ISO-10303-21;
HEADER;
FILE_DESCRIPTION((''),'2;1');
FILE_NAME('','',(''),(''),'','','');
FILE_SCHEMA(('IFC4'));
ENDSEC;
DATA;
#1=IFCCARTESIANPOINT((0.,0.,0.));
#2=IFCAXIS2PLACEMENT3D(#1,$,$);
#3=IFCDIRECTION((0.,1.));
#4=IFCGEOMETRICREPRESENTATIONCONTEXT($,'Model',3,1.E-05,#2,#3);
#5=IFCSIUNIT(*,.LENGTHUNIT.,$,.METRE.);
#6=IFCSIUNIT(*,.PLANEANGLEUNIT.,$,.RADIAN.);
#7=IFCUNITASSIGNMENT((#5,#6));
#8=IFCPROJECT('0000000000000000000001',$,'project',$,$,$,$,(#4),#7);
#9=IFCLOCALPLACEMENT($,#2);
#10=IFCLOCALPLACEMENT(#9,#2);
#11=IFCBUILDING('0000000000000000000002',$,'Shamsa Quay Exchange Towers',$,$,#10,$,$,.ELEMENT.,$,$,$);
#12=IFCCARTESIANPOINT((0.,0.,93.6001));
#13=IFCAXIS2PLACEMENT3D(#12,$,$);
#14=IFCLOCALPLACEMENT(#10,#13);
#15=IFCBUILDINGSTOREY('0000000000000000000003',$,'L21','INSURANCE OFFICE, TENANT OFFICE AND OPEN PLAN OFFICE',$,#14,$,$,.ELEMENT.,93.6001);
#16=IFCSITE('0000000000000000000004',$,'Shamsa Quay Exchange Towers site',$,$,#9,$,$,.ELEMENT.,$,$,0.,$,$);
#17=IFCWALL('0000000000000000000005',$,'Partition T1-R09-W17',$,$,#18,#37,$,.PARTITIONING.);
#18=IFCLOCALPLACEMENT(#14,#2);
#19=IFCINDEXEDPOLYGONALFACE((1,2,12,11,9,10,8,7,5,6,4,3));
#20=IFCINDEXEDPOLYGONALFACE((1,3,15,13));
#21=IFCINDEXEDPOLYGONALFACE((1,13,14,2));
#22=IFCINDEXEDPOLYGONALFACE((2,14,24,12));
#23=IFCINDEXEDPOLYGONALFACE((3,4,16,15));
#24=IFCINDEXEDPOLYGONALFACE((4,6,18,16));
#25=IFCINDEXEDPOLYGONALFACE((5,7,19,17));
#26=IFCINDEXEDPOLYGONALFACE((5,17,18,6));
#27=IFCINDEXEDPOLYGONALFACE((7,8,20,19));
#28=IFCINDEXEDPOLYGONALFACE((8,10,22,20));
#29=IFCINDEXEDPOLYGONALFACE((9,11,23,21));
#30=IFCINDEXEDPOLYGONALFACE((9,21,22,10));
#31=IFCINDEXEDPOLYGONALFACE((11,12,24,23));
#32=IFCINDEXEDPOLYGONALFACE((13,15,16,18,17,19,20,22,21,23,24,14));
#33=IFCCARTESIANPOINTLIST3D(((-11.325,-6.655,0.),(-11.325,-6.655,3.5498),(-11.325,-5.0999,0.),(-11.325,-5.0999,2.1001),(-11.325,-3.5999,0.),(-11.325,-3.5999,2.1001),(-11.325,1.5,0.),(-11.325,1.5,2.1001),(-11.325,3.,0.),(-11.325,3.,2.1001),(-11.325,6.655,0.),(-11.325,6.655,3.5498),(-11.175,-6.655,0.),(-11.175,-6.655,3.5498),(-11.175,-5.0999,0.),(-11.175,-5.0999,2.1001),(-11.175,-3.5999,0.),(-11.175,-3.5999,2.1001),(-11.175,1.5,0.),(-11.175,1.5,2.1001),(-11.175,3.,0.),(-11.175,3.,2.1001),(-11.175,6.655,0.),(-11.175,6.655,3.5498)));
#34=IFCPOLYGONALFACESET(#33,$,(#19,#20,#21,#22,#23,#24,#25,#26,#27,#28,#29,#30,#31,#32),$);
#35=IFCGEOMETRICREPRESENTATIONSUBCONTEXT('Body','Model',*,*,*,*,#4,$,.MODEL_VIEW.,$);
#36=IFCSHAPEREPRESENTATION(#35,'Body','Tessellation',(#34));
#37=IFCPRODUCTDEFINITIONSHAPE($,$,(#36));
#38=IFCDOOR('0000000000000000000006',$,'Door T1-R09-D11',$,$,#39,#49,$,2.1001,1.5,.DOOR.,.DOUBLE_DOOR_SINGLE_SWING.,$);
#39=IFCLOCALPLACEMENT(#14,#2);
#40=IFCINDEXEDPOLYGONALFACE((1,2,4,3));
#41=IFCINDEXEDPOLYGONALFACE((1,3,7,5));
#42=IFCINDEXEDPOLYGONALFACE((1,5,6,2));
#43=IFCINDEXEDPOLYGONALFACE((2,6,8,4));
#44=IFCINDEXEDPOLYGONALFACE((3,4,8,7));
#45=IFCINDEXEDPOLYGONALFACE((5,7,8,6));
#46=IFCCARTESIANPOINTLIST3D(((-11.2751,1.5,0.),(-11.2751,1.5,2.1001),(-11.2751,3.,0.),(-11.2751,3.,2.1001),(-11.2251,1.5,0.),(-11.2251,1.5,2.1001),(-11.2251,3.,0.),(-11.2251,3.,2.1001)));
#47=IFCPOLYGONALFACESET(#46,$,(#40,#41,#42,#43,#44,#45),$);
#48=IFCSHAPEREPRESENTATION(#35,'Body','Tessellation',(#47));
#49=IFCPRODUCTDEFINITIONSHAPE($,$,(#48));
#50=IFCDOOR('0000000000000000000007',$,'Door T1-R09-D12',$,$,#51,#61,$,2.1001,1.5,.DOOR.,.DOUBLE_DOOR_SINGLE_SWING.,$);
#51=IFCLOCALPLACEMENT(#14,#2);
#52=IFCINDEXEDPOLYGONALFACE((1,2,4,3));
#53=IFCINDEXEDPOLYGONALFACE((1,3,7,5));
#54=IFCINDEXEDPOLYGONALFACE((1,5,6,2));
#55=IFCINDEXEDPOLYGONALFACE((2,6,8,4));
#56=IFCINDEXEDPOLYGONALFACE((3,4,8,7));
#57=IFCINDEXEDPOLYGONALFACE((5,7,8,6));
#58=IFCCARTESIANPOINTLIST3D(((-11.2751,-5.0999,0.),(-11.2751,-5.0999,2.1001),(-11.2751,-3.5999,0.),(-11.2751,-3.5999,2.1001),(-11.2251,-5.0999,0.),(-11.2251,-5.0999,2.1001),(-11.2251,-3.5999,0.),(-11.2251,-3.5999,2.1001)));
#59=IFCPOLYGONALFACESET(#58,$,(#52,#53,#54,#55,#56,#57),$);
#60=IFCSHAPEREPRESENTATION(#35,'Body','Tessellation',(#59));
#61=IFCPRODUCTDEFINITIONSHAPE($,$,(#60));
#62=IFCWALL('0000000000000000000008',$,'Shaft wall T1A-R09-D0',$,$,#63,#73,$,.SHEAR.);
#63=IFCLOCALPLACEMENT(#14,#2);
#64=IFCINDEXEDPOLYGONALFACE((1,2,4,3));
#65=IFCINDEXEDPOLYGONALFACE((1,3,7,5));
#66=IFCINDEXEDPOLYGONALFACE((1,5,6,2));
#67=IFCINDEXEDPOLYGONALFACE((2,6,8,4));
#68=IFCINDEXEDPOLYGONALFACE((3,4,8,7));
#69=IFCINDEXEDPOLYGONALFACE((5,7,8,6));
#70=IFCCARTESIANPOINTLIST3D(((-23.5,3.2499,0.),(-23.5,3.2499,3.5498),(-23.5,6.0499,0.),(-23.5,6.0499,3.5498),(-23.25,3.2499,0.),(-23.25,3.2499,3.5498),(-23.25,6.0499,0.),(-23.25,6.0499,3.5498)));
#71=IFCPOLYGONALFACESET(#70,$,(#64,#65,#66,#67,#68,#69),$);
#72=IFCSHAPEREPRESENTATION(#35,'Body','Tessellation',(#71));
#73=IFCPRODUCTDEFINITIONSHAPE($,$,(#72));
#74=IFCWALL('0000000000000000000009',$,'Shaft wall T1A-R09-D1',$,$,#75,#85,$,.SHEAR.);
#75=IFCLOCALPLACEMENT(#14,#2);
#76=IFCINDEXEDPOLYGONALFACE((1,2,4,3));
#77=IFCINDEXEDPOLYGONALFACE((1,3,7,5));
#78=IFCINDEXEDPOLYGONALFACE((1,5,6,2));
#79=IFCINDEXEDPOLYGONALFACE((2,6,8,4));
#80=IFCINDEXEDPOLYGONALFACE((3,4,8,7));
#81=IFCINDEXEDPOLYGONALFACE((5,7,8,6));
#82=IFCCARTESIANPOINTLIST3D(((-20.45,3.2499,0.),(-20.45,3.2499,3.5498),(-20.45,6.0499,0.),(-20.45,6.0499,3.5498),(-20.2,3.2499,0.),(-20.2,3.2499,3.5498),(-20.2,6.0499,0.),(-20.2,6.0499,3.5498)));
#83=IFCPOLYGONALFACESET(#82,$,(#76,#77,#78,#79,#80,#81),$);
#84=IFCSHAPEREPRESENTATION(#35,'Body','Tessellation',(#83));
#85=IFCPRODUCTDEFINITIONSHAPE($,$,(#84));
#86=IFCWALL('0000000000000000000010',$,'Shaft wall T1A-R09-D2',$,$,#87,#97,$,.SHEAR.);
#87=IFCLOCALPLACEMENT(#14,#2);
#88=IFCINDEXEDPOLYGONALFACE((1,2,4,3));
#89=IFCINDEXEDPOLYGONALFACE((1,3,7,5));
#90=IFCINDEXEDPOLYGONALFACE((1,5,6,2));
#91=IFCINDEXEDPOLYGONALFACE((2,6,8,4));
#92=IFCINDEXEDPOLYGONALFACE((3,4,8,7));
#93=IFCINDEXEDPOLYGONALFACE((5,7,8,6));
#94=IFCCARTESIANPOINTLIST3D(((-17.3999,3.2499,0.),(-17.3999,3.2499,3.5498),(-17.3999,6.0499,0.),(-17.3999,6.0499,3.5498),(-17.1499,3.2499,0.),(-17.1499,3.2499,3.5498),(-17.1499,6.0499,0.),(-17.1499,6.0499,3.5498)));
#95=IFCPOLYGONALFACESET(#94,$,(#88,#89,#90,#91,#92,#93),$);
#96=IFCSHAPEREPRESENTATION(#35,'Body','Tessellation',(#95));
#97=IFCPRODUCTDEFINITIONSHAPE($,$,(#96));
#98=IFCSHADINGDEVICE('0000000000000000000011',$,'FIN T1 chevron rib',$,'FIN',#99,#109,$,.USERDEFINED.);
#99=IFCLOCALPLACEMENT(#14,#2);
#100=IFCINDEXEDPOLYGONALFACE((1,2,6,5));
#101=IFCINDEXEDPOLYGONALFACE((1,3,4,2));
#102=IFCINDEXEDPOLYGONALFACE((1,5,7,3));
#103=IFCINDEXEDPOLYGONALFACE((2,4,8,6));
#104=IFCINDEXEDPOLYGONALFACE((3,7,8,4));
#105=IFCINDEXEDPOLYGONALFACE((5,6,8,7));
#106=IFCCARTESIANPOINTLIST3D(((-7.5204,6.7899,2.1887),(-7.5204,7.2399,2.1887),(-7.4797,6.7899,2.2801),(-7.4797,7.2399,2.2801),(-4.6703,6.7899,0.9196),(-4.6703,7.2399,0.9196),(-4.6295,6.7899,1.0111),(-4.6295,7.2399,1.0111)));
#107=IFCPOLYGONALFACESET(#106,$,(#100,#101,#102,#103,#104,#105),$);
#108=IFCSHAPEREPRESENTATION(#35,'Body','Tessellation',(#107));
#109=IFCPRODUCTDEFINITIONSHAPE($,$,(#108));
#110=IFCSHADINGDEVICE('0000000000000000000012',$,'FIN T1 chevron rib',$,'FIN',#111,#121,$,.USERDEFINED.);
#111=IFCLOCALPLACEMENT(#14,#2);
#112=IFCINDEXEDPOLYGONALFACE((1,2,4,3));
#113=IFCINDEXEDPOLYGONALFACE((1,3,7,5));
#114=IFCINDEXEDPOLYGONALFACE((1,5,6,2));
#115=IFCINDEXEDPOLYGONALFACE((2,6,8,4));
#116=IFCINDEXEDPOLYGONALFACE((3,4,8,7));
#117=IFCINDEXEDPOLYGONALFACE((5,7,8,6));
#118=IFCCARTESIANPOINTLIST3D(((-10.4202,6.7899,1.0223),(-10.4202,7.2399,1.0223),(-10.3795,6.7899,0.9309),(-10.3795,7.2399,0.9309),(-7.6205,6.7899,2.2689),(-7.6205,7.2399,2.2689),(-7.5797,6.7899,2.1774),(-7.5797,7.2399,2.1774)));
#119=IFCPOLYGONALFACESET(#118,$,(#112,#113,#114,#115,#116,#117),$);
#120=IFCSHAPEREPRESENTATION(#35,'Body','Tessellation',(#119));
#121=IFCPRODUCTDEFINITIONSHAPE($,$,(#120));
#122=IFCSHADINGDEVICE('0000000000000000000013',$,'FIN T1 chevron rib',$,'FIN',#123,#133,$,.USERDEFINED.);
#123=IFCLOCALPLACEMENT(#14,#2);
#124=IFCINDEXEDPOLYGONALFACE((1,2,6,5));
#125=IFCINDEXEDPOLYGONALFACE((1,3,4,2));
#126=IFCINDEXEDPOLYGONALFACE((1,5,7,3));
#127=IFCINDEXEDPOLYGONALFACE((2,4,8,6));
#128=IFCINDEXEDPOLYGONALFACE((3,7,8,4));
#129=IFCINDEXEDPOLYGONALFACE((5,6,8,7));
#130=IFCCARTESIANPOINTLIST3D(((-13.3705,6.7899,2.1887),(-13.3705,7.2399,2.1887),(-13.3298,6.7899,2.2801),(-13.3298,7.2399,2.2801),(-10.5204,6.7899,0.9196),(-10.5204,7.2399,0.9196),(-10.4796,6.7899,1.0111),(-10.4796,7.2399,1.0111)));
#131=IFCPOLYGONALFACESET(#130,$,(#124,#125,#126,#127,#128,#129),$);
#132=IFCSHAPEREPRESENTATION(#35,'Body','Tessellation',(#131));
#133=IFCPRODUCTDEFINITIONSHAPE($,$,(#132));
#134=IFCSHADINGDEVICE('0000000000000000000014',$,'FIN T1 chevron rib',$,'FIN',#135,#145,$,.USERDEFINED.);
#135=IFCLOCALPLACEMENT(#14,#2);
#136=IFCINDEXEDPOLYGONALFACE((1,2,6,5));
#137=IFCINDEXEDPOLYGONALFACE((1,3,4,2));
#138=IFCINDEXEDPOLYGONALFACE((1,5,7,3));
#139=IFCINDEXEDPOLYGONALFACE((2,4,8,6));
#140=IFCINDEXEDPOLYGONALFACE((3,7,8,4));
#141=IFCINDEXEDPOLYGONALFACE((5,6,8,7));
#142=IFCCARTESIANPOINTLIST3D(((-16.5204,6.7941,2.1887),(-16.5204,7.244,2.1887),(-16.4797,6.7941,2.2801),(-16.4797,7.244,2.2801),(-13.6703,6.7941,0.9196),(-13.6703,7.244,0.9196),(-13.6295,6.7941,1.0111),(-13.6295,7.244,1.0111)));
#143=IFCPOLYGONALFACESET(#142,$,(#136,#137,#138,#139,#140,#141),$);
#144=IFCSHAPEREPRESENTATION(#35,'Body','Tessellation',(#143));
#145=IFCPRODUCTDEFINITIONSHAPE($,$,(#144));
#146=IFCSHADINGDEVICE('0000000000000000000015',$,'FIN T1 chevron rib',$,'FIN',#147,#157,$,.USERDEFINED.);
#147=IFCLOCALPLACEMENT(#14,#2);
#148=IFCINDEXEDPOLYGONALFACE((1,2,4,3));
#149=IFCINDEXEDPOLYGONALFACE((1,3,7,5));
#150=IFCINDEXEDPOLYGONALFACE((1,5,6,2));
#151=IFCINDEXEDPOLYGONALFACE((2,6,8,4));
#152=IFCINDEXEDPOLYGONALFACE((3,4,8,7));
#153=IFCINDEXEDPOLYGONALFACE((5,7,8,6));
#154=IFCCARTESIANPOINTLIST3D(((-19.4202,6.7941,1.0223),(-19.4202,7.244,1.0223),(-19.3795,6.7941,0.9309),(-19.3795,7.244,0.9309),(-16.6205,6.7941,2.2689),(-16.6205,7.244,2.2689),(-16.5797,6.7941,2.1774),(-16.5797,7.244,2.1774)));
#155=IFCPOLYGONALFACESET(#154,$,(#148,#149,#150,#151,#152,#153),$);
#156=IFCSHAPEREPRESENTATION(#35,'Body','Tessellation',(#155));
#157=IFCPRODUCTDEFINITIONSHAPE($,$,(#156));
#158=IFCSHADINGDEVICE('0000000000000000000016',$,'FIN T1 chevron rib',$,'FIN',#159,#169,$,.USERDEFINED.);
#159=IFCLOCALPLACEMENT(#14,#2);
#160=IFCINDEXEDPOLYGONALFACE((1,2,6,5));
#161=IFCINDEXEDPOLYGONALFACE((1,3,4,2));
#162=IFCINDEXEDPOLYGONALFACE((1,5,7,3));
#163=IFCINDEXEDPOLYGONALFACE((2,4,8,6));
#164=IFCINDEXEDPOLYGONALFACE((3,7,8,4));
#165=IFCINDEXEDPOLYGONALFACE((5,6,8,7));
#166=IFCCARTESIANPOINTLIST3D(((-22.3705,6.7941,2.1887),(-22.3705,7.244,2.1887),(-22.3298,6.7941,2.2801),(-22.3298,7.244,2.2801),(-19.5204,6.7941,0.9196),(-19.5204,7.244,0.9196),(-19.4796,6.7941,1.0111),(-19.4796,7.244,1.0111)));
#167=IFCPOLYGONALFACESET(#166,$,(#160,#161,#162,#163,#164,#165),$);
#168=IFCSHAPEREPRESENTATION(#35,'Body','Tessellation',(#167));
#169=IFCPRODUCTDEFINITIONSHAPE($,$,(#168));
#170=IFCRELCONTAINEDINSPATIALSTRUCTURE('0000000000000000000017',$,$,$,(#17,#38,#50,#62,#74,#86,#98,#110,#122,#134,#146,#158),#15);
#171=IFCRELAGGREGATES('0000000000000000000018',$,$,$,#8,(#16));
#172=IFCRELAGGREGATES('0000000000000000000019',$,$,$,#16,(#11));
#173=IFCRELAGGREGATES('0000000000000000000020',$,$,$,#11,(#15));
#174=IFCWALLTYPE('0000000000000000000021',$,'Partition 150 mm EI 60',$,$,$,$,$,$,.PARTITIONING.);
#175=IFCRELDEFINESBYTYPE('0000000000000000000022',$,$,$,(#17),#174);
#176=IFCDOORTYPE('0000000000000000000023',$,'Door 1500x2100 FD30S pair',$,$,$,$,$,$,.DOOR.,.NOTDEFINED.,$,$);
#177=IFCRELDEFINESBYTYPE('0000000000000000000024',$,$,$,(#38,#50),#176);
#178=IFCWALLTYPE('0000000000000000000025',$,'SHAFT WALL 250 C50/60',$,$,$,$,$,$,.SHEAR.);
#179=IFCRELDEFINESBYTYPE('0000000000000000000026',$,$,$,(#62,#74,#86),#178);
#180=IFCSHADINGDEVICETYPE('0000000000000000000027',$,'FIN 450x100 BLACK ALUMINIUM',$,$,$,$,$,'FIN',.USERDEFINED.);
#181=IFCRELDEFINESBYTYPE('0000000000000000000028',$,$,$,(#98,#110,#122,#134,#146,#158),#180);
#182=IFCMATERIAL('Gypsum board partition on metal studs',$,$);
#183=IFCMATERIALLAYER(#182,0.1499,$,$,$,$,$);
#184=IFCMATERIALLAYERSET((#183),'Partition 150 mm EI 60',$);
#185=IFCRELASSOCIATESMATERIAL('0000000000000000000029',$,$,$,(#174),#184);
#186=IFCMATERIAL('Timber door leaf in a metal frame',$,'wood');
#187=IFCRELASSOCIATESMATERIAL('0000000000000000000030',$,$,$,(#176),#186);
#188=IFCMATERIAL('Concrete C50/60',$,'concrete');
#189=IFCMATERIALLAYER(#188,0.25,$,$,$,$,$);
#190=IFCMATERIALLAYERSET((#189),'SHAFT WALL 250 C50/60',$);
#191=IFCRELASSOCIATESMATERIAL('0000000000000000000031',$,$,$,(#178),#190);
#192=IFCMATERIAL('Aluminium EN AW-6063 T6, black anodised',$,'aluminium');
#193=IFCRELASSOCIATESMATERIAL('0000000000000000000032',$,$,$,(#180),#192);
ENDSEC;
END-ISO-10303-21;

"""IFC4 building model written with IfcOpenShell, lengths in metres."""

from ifc_helpers import new_model, si_unit, direction, frame, frame_2d, origin, origin_2d, place, context, subcontext, project, spatial, rectangle, extrude, material, layer, layer_set, material_profile, profile_set, type_object, element, fill, save


model = new_model("IFC4")

# Units and contexts
model_context = context("Model", 3, precision=1e-05, world=origin(), true_north=direction((0.0, 1.0)))
body_context = subcontext(model_context, "Body", "Model", "MODEL_VIEW")
ifc_project = project(units=[si_unit("LENGTHUNIT", "METRE"), si_unit("PLANEANGLEUNIT", "RADIAN")], contexts=[model_context])

# Site, building, storey
site_placement = place(None, origin())
site = spatial("IfcSite", under=ifc_project, at=site_placement, Name="Shamsa Quay Exchange Towers site", CompositionType="ELEMENT", RefElevation=0.0)
building_placement = place(site_placement, origin())
building = spatial("IfcBuilding", under=site, at=building_placement, Name="Shamsa Quay Exchange Towers", CompositionType="ELEMENT")
storey_placement = place(building_placement, frame((0.0, 0.0, 93.6001)))
storey = spatial("IfcBuildingStorey", under=building, at=storey_placement, Name="L21", Description="INSURANCE OFFICE, TENANT OFFICE AND OPEN PLAN OFFICE", CompositionType="ELEMENT", Elevation=93.6001)

# Shared definitions
ifc_material_1 = material(Name="Aluminium EN AW-6063 T6, black anodised", Category="aluminium")

# Wall, openings, doors
ifc_material_2 = material(Name="Gypsum board partition on metal studs")
ifc_layer_1 = layer(ifc_material_2, 0.1499)
ifc_layer_set_1 = layer_set([ifc_layer_1], Name="Partition 150 mm EI 60")
wall_type_1 = type_object("IfcWallType", Name="Partition 150 mm EI 60", PredefinedType="PARTITIONING", material=ifc_layer_set_1)
wall_1_placement = place(storey_placement, frame((-11.25, 6.655, 0.0), z_axis=(0.0, 0.0, 1.0), x_axis=(0.0, -1.0, 0.0)))
wall_1 = element("IfcWall", 1, at=wall_1_placement, inside=storey, type_object=wall_type_1, Name="Partition T1-R09-W17", PredefinedType="PARTITIONING", context=body_context, shape_type="SweptSolid", body=[
    extrude(rectangle(XDim=13.3101, YDim=0.1499, at=frame_2d((6.655, 0.0))), origin(), (0.0, 0.0, 1.0), 3.5498),
])
opening_1_placement = place(wall_1_placement, frame((3.655, 0.0, 0.0)))
opening_1 = element("IfcOpeningElement", 2, at=opening_1_placement, cuts=wall_1, PredefinedType="OPENING", context=body_context, shape_type="SweptSolid", body=[
    extrude(rectangle(XDim=1.5, YDim=2.1001, at=frame_2d((0.75, 1.05))), frame((0.0, 0.085, 0.0), z_axis=(0.0, -1.0, 0.0), x_axis=(1.0, 0.0, 0.0)), (0.0, 0.0, 1.0), 0.1699),
])
opening_2_placement = place(wall_1_placement, frame((10.2549, 0.0, 0.0)))
opening_2 = element("IfcOpeningElement", 3, at=opening_2_placement, cuts=wall_1, PredefinedType="OPENING", context=body_context, shape_type="SweptSolid", body=[
    extrude(rectangle(XDim=1.5, YDim=2.1001, at=frame_2d((0.75, 1.05))), frame((0.0, 0.085, 0.0), z_axis=(0.0, -1.0, 0.0), x_axis=(1.0, 0.0, 0.0)), (0.0, 0.0, 1.0), 0.1699),
])
ifc_material_3 = material(Name="Timber door leaf in a metal frame", Category="wood")
door_type_1 = type_object("IfcDoorType", Name="Door 1500x2100 FD30S pair", OperationType="NOTDEFINED", PredefinedType="DOOR", material=ifc_material_3)
door_1_placement = place(opening_1_placement, origin())
door_1 = element("IfcDoor", 4, at=door_1_placement, inside=storey, type_object=door_type_1, Name="Door T1-R09-D11", OperationType="DOUBLE_DOOR_SINGLE_SWING", OverallHeight=2.1001, OverallWidth=1.5, PredefinedType="DOOR", context=body_context, shape_type="SweptSolid", body=[
    extrude(rectangle(XDim=1.5, YDim=2.1001, at=frame_2d((0.75, 1.05))), frame((0.0, 0.0249, 0.0), z_axis=(0.0, -1.0, 0.0), x_axis=(1.0, 0.0, 0.0)), (0.0, 0.0, 1.0), 0.05),
])
fill(opening_1, door_1)
door_2_placement = place(opening_2_placement, origin())
door_2 = element("IfcDoor", 5, at=door_2_placement, inside=storey, type_object=door_type_1, Name="Door T1-R09-D12", OperationType="DOUBLE_DOOR_SINGLE_SWING", OverallHeight=2.1001, OverallWidth=1.5, PredefinedType="DOOR", context=body_context, shape_type="SweptSolid", body=[
    extrude(rectangle(XDim=1.5, YDim=2.1001, at=frame_2d((0.75, 1.05))), frame((0.0, 0.0249, 0.0), z_axis=(0.0, -1.0, 0.0), x_axis=(1.0, 0.0, 0.0)), (0.0, 0.0, 1.0), 0.05),
])
fill(opening_2, door_2)

# Walls
ifc_material_4 = material(Name="Concrete C50/60", Category="concrete")
ifc_layer_2 = layer(ifc_material_4, 0.25)
ifc_layer_set_2 = layer_set([ifc_layer_2], Name="SHAFT WALL 250 C50/60")
wall_type_2 = type_object("IfcWallType", Name="SHAFT WALL 250 C50/60", PredefinedType="SHEAR", material=ifc_layer_set_2)
for number, where, z_axis, x_axis, name in (
    (6, (-23.375, 3.25, 0.0), (0.0, 0.0, 1.0), (0.0, 1.0, 0.0), "Shaft wall T1A-R09-D0"),
    (7, (-20.325, 3.25, 0.0), (0.0, 0.0, 1.0), (0.0, 1.0, 0.0), "Shaft wall T1A-R09-D1"),
    (8, (-17.2749, 3.25, 0.0), (0.0, 0.0, 1.0), (0.0, 1.0, 0.0), "Shaft wall T1A-R09-D2"),
):
    element("IfcWall", number, at=place(storey_placement, frame(where, z_axis=z_axis, x_axis=x_axis)), inside=storey, type_object=wall_type_2, Name=name, PredefinedType="SHEAR", context=body_context, shape_type="SweptSolid", body=[
        extrude(rectangle(XDim=2.8, YDim=0.25, at=frame_2d((1.3999, 0.0))), origin(), (0.0, 0.0, 1.0), 3.5498),
    ])

# Shading devices
ifc_material_profile_1 = material_profile(ifc_material_1, rectangle(XDim=0.45, YDim=0.1001, at=origin_2d()), Name="FIN450x100")
ifc_profile_set_1 = profile_set([ifc_material_profile_1], Name="Aluminium EN AW-6063 T6, black anodised")
shading_device_type = type_object("IfcShadingDeviceType", Name="FIN 450x100 BLACK ALUMINIUM", ElementType="FIN", PredefinedType="USERDEFINED", material=ifc_profile_set_1)
shading_device_1_placement = place(storey_placement, frame((-4.6499, 7.0149, 0.9653), z_axis=(-0.913534, 0.0, 0.406763), x_axis=(0.0, -1.0, 0.0)))
element("IfcShadingDevice", 9, at=shading_device_1_placement, inside=storey, type_object=shading_device_type, Name="FIN T1 chevron rib", ObjectType="FIN", PredefinedType="USERDEFINED", context=body_context, shape_type="SweptSolid", body=[
    extrude(rectangle(XDim=0.45, YDim=0.1001, at=origin_2d()), origin(), (0.0, 0.0, 1.0), 3.1199),
])
shading_device_2_placement = place(storey_placement, frame((-7.6001, 7.0149, 2.2231), z_axis=(-0.913542, 0.0, -0.406744), x_axis=(0.0, -1.0, 0.0)))
element("IfcShadingDevice", 10, at=shading_device_2_placement, inside=storey, type_object=shading_device_type, Name="FIN T1 chevron rib", ObjectType="FIN", PredefinedType="USERDEFINED", context=body_context, shape_type="SweptSolid", body=[
    extrude(rectangle(XDim=0.45, YDim=0.1001, at=origin_2d()), origin(), (0.0, 0.0, 1.0), 3.0647),
])
for number, where, z_axis, x_axis, name in (
    (11, (-10.5, 7.0149, 0.9653), (-0.913534, 0.0, 0.406763), (0.0, -1.0, 0.0), "FIN T1 chevron rib"),
    (12, (-13.6499, 7.019, 0.9653), (-0.913534, 0.0, 0.406763), (0.0, -1.0, 0.0), "FIN T1 chevron rib"),
):
    element("IfcShadingDevice", number, at=place(storey_placement, frame(where, z_axis=z_axis, x_axis=x_axis)), inside=storey, type_object=shading_device_type, Name=name, ObjectType="FIN", PredefinedType="USERDEFINED", context=body_context, shape_type="SweptSolid", body=[
        extrude(rectangle(XDim=0.45, YDim=0.1001, at=origin_2d()), origin(), (0.0, 0.0, 1.0), 3.1199),
    ])
shading_device_3_placement = place(storey_placement, frame((-16.6001, 7.019, 2.2231), z_axis=(-0.913542, 0.0, -0.406744), x_axis=(0.0, -1.0, 0.0)))
element("IfcShadingDevice", 13, at=shading_device_3_placement, inside=storey, type_object=shading_device_type, Name="FIN T1 chevron rib", ObjectType="FIN", PredefinedType="USERDEFINED", context=body_context, shape_type="SweptSolid", body=[
    extrude(rectangle(XDim=0.45, YDim=0.1001, at=origin_2d()), origin(), (0.0, 0.0, 1.0), 3.0647),
])
shading_device_4_placement = place(storey_placement, frame((-19.5, 7.019, 0.9653), z_axis=(-0.913534, 0.0, 0.406763), x_axis=(0.0, -1.0, 0.0)))
element("IfcShadingDevice", 14, at=shading_device_4_placement, inside=storey, type_object=shading_device_type, Name="FIN T1 chevron rib", ObjectType="FIN", PredefinedType="USERDEFINED", context=body_context, shape_type="SweptSolid", body=[
    extrude(rectangle(XDim=0.45, YDim=0.1001, at=origin_2d()), origin(), (0.0, 0.0, 1.0), 3.1199),
])

save(model, "model.ifc")
